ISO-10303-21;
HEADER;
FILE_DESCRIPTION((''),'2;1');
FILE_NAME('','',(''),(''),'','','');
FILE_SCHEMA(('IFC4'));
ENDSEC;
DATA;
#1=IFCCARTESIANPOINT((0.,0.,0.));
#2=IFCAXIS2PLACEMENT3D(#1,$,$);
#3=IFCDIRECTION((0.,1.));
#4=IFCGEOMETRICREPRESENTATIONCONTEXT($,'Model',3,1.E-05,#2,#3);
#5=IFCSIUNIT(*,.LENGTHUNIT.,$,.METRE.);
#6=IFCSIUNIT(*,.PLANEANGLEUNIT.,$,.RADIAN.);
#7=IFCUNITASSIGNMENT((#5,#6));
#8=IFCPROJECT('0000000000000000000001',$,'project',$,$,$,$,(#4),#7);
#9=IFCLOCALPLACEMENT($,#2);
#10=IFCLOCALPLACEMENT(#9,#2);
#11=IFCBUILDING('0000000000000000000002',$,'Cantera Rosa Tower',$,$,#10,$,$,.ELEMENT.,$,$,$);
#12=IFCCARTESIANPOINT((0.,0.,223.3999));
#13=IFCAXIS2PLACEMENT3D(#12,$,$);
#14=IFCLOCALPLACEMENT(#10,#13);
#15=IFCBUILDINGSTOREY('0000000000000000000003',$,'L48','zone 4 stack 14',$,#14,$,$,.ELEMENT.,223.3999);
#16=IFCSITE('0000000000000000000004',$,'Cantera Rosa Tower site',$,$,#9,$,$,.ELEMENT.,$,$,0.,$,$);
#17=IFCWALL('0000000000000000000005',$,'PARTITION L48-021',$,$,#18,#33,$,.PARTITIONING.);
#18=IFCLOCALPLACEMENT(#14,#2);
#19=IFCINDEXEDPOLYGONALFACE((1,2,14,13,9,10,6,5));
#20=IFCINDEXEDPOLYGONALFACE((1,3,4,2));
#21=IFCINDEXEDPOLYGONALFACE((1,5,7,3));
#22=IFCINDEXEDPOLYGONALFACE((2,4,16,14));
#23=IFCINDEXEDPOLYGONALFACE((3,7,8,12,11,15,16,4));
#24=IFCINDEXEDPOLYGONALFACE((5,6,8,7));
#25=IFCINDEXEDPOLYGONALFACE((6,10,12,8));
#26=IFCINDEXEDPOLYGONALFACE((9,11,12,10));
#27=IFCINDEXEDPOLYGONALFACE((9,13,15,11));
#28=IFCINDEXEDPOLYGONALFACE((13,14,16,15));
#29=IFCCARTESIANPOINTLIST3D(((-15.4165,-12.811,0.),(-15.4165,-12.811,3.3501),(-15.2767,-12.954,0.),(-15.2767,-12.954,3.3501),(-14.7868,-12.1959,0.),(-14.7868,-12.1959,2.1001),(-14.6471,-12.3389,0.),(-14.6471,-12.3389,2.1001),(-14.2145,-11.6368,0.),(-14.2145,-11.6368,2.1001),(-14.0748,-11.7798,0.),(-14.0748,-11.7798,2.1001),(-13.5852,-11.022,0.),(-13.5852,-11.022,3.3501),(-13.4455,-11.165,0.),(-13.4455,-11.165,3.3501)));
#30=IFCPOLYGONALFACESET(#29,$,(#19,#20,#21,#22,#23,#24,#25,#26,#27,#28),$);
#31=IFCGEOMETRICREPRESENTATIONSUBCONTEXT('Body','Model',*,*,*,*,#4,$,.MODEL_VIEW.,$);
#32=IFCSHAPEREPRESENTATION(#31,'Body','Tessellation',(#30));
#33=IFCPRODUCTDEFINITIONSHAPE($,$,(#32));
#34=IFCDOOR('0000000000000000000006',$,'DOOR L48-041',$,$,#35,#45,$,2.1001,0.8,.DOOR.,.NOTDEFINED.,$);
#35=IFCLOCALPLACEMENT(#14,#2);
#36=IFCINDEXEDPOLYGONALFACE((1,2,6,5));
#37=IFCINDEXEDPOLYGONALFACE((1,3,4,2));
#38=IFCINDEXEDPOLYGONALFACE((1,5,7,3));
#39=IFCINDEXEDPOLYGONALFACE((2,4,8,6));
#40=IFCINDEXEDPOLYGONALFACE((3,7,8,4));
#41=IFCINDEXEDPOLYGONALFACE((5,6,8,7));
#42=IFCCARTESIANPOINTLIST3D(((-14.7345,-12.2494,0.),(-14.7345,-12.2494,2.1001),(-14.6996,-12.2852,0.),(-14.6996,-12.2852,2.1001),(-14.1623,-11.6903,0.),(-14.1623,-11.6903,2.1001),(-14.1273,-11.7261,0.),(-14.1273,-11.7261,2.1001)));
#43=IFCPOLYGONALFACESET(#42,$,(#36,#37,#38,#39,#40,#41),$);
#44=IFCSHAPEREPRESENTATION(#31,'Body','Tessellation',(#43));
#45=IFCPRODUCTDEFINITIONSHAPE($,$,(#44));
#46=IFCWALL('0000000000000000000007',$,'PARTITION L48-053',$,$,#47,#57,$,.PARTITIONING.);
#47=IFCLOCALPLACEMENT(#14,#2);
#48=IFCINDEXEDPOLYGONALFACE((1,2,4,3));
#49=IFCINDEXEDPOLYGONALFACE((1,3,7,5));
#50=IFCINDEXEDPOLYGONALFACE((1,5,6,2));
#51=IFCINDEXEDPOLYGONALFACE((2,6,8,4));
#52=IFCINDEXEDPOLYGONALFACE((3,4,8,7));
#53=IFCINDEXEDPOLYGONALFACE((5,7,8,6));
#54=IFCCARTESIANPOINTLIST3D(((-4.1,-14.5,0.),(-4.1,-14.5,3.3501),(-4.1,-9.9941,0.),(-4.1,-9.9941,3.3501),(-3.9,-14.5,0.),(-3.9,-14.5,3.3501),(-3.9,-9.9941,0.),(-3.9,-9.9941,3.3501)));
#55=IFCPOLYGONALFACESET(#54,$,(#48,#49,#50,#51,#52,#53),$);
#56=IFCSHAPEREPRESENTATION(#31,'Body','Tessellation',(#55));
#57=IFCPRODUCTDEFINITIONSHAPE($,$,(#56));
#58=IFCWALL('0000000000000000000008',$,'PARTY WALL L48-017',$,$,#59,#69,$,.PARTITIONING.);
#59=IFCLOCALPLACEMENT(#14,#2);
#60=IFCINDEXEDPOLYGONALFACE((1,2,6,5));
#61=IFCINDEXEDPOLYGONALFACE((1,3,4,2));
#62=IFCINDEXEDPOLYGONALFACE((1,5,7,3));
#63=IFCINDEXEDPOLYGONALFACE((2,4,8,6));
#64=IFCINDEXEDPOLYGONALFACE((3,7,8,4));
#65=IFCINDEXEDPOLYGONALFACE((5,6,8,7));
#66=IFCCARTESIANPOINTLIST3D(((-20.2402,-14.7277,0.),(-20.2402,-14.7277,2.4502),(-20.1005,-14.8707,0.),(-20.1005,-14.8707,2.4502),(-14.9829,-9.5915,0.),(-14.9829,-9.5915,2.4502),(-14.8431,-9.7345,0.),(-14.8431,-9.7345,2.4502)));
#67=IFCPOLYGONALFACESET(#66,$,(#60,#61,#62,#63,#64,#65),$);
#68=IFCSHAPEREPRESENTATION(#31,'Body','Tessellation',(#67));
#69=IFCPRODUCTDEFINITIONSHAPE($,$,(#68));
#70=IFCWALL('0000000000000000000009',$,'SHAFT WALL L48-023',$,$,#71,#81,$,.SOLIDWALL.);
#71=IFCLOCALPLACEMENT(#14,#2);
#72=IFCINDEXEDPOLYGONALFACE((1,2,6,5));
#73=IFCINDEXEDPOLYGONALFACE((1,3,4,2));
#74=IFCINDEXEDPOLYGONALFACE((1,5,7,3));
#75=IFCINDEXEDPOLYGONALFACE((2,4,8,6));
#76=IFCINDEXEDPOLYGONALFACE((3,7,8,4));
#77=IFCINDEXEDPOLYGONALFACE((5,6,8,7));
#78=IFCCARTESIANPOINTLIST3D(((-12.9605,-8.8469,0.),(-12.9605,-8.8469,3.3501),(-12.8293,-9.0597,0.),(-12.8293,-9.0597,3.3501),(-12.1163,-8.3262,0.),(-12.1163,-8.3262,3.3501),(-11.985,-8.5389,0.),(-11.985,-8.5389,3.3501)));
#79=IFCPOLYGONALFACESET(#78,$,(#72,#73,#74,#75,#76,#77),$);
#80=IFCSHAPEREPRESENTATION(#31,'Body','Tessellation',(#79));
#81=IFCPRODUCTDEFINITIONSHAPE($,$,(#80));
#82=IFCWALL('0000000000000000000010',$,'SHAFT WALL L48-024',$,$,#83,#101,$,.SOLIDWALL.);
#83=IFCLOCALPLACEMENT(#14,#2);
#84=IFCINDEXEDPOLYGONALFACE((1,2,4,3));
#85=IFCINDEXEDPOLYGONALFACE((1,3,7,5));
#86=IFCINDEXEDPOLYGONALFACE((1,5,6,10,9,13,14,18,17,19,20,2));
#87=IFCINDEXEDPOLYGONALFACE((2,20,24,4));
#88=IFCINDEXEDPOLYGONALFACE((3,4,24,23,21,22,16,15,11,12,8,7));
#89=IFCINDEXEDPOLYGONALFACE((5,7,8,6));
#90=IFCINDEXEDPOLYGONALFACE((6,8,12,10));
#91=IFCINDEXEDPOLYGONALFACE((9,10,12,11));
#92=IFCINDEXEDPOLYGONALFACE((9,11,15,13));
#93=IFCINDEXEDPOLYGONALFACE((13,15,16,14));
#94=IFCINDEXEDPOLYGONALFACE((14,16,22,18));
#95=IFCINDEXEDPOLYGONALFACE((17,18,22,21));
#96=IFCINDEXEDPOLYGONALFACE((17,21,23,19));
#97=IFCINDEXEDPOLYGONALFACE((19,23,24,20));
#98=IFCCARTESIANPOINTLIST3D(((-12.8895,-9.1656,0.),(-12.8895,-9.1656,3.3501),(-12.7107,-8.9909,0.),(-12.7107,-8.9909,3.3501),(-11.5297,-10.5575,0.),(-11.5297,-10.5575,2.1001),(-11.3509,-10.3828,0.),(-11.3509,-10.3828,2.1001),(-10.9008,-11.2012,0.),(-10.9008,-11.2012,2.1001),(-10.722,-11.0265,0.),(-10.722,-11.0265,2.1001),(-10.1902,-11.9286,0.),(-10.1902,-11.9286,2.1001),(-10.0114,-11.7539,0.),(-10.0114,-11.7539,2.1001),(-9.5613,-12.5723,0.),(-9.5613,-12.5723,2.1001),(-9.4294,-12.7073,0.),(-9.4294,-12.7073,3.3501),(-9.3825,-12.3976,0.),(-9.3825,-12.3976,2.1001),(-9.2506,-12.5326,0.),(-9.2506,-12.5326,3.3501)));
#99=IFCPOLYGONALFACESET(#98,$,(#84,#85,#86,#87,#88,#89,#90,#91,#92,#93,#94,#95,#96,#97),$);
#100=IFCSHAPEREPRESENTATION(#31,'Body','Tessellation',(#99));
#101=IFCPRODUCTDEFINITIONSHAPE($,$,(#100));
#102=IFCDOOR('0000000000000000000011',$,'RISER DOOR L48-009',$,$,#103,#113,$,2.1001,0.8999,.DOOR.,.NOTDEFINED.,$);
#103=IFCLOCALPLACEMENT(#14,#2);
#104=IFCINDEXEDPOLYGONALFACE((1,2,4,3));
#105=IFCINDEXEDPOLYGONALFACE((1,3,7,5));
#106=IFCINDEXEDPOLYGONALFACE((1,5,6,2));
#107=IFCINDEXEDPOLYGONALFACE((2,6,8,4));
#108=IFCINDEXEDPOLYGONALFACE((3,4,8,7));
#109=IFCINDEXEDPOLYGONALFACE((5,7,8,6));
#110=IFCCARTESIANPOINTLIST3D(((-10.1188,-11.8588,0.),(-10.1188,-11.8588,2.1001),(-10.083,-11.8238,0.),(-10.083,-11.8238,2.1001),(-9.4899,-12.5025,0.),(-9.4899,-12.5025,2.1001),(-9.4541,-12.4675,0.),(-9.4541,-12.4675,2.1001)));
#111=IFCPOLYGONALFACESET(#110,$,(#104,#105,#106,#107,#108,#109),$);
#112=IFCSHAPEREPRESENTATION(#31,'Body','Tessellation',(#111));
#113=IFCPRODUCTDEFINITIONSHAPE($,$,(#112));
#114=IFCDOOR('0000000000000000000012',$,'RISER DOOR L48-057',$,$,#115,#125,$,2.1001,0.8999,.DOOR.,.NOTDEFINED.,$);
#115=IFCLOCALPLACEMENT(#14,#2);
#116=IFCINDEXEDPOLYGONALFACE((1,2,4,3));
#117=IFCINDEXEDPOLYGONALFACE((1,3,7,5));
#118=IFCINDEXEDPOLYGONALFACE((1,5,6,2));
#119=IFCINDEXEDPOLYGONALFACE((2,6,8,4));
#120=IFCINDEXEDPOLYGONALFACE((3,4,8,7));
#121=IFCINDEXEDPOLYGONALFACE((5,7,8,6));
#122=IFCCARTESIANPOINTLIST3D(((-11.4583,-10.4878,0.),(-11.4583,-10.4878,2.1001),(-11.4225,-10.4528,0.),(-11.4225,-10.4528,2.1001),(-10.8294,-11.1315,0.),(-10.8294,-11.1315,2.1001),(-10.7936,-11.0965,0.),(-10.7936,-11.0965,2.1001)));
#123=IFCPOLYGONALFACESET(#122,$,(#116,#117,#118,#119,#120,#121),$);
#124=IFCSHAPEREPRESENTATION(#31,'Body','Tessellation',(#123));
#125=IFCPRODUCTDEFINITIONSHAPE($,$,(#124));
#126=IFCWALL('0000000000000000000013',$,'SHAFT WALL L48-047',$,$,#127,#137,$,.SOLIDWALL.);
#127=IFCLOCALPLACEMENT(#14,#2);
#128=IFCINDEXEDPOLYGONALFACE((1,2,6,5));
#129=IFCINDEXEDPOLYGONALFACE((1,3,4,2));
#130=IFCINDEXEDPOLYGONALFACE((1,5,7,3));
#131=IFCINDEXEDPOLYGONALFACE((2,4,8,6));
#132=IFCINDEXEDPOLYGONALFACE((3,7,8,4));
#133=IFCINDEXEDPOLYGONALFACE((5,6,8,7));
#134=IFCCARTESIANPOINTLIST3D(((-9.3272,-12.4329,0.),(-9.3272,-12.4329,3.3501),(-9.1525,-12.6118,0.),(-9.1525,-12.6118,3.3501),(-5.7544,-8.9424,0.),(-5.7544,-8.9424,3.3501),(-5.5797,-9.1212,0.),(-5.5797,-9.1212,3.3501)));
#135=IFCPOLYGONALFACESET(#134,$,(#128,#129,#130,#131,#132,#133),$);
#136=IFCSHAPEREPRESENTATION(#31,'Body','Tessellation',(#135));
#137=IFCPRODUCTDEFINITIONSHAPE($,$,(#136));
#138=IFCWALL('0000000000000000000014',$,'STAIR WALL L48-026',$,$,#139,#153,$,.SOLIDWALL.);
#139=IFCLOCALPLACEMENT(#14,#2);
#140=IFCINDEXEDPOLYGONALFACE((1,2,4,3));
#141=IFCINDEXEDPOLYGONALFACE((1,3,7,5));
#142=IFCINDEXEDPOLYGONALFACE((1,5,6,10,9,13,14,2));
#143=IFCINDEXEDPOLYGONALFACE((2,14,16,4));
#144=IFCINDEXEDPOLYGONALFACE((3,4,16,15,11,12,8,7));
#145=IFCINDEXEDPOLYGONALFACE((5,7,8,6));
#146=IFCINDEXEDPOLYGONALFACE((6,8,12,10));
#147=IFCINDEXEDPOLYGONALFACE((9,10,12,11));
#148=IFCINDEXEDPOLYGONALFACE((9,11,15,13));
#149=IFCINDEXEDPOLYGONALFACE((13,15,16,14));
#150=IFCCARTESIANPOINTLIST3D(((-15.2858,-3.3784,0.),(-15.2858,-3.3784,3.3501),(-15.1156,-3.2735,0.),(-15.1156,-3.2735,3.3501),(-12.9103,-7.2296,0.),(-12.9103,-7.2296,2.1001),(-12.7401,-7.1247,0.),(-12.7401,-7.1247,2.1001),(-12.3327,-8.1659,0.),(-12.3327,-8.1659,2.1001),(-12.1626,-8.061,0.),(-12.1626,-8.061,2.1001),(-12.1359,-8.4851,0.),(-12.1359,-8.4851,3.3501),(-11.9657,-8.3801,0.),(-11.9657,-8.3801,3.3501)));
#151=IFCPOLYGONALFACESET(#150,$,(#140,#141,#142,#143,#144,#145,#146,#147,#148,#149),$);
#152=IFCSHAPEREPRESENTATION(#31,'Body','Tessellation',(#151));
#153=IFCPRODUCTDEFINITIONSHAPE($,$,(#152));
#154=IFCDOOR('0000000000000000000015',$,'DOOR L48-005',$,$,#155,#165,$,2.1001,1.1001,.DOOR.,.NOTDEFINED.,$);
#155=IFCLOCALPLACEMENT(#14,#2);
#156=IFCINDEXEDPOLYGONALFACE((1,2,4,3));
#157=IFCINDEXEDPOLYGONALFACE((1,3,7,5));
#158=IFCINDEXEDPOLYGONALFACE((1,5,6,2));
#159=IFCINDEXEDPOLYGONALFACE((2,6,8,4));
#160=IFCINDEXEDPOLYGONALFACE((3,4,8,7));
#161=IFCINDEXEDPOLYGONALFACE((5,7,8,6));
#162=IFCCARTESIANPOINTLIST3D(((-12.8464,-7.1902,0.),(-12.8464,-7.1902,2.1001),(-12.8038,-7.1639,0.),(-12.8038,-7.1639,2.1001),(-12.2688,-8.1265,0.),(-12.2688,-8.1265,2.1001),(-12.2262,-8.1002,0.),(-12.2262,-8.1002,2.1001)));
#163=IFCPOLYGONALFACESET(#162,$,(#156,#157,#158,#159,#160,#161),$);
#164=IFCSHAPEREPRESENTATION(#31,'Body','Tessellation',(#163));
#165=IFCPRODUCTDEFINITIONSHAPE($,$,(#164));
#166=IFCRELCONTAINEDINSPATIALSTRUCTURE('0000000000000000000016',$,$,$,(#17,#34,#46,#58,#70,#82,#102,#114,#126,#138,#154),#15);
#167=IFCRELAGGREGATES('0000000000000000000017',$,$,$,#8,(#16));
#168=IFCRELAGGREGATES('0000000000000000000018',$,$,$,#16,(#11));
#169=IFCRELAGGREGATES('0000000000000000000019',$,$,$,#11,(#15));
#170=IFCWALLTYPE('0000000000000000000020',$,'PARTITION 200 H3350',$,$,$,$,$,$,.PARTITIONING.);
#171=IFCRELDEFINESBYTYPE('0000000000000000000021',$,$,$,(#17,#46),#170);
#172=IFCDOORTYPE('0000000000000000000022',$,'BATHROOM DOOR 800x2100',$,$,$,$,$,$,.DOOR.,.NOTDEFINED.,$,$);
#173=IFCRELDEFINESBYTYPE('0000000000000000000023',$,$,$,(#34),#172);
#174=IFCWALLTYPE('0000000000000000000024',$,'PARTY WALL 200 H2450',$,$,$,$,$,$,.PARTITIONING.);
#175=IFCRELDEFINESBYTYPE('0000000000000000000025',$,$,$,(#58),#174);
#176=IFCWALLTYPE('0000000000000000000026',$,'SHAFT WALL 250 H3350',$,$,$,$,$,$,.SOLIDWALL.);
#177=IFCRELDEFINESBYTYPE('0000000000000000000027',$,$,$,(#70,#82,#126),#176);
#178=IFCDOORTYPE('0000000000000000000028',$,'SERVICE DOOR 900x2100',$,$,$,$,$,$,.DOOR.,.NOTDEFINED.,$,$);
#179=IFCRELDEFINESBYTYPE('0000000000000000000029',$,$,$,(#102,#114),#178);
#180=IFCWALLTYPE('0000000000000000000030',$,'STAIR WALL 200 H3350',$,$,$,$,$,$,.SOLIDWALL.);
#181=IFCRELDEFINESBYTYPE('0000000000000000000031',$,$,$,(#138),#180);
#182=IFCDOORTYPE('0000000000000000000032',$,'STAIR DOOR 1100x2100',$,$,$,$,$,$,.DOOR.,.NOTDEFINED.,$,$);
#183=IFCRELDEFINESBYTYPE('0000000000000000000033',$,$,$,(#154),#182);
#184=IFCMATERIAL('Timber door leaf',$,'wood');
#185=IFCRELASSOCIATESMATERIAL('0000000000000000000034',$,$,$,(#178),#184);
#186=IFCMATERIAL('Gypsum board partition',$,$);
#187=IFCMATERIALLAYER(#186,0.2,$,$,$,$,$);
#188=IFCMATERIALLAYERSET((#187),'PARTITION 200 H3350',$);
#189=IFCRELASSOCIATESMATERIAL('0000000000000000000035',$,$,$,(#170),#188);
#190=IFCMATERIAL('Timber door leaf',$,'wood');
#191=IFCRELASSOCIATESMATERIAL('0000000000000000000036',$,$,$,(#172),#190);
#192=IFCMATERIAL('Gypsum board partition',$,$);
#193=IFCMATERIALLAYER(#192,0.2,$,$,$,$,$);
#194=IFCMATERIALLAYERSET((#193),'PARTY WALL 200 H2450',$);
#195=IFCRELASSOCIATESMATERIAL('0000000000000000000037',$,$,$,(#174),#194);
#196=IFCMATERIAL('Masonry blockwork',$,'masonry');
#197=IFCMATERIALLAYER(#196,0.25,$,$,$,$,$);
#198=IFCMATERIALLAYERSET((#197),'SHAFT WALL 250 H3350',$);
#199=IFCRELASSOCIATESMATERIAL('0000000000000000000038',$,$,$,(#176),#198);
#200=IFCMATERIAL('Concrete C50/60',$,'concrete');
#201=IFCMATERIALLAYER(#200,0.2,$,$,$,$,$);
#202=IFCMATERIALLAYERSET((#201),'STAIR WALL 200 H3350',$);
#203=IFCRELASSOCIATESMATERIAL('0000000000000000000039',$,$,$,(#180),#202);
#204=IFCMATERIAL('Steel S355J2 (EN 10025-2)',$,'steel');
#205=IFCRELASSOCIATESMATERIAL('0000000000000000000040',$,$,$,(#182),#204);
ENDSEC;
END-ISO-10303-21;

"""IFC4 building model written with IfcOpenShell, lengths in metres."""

from ifc_helpers import new_model, si_unit, direction, frame, frame_2d, origin, place, context, subcontext, project, spatial, rectangle, extrude, material, layer, layer_set, type_object, element, fill, save


model = new_model("IFC4")

# Units and contexts
model_context = context("Model", 3, precision=1e-05, world=origin(), true_north=direction((0.0, 1.0)))
body_context = subcontext(model_context, "Body", "Model", "MODEL_VIEW")
ifc_project = project(units=[si_unit("LENGTHUNIT", "METRE"), si_unit("PLANEANGLEUNIT", "RADIAN")], contexts=[model_context])

# Site, building, storey
site_placement = place(None, origin())
site = spatial("IfcSite", under=ifc_project, at=site_placement, Name="Cantera Rosa Tower site", CompositionType="ELEMENT", RefElevation=0.0)
building_placement = place(site_placement, origin())
building = spatial("IfcBuilding", under=site, at=building_placement, Name="Cantera Rosa Tower", CompositionType="ELEMENT")
storey_placement = place(building_placement, frame((0.0, 0.0, 223.3999)))
storey = spatial("IfcBuildingStorey", under=building, at=storey_placement, Name="L48", Description="zone 4 stack 14", CompositionType="ELEMENT", Elevation=223.3999)

# Shared definitions
ifc_material_1 = material(Name="Timber door leaf", Category="wood")
door_type_1 = type_object("IfcDoorType", Name="SERVICE DOOR 900x2100", OperationType="NOTDEFINED", PredefinedType="DOOR", material=ifc_material_1)

# Wall, opening, door
ifc_material_2 = material(Name="Gypsum board partition")
ifc_layer_1 = layer(ifc_material_2, 0.2)
ifc_layer_set_1 = layer_set([ifc_layer_1], Name="PARTITION 200 H3350")
wall_type_1 = type_object("IfcWallType", Name="PARTITION 200 H3350", PredefinedType="PARTITIONING", material=ifc_layer_set_1)
wall_1_placement = place(storey_placement, frame((-13.5154, -11.0935, 0.0), z_axis=(0.0, 0.0, 1.0), x_axis=(-0.715307, -0.69881, 0.0)))
wall_1 = element("IfcWall", 1, at=wall_1_placement, inside=storey, type_object=wall_type_1, Name="PARTITION L48-021", PredefinedType="PARTITIONING", context=body_context, shape_type="SweptSolid", body=[
    extrude(rectangle(XDim=2.5601, YDim=0.2, at=frame_2d((1.28, 0.0))), origin(), (0.0, 0.0, 1.0), 3.3501),
])
opening_1_placement = place(wall_1_placement, frame((0.8799, 0.0, 0.0)))
opening_1 = element("IfcOpeningElement", 2, at=opening_1_placement, cuts=wall_1, PredefinedType="OPENING", context=body_context, shape_type="SweptSolid", body=[
    extrude(rectangle(XDim=0.8, YDim=2.1001, at=frame_2d((0.3999, 1.05))), frame((0.0, 0.1099, 0.0), z_axis=(0.0, -1.0, 0.0), x_axis=(1.0, 0.0, 0.0)), (0.0, 0.0, 1.0), 0.22),
])
ifc_material_3 = material(Name="Timber door leaf", Category="wood")
door_type_2 = type_object("IfcDoorType", Name="BATHROOM DOOR 800x2100", OperationType="NOTDEFINED", PredefinedType="DOOR", material=ifc_material_3)
door_1_placement = place(opening_1_placement, origin())
door_1 = element("IfcDoor", 3, at=door_1_placement, inside=storey, type_object=door_type_2, Name="DOOR L48-041", OperationType="NOTDEFINED", OverallHeight=2.1001, OverallWidth=0.8, PredefinedType="DOOR", context=body_context, shape_type="SweptSolid", body=[
    extrude(rectangle(XDim=0.8, YDim=2.1001, at=frame_2d((0.3999, 1.05))), frame((0.0, 0.0249, 0.0), z_axis=(0.0, -1.0, 0.0), x_axis=(1.0, 0.0, 0.0)), (0.0, 0.0, 1.0), 0.05),
])
fill(opening_1, door_1)

# Walls
wall_2_placement = place(storey_placement, frame((-4.0, -9.9941, 0.0), z_axis=(0.0, 0.0, 1.0), x_axis=(0.0, -1.0, 0.0)))
element("IfcWall", 4, at=wall_2_placement, inside=storey, type_object=wall_type_1, Name="PARTITION L48-053", PredefinedType="PARTITIONING", context=body_context, shape_type="SweptSolid", body=[
    extrude(rectangle(XDim=4.5059, YDim=0.2, at=frame_2d((2.2529, 0.0))), origin(), (0.0, 0.0, 1.0), 3.3501),
])
ifc_material_4 = material(Name="Gypsum board partition")
ifc_layer_2 = layer(ifc_material_4, 0.2)
ifc_layer_set_2 = layer_set([ifc_layer_2], Name="PARTY WALL 200 H2450")
wall_type_2 = type_object("IfcWallType", Name="PARTY WALL 200 H2450", PredefinedType="PARTITIONING", material=ifc_layer_set_2)
wall_3_placement = place(storey_placement, frame((-14.9131, -9.6631, 0.0), z_axis=(0.0, 0.0, 1.0), x_axis=(-0.715297, -0.698821, 0.0)))
element("IfcWall", 5, at=wall_3_placement, inside=storey, type_object=wall_type_2, Name="PARTY WALL L48-017", PredefinedType="PARTITIONING", context=body_context, shape_type="SweptSolid", body=[
    extrude(rectangle(XDim=7.3499, YDim=0.2, at=frame_2d((3.6748, 0.0))), origin(), (0.0, 0.0, 1.0), 2.4502),
])
ifc_material_5 = material(Name="Masonry blockwork", Category="masonry")
ifc_layer_3 = layer(ifc_material_5, 0.25)
ifc_layer_set_3 = layer_set([ifc_layer_3], Name="SHAFT WALL 250 H3350")
wall_type_3 = type_object("IfcWallType", Name="SHAFT WALL 250 H3350", PredefinedType="SOLIDWALL", material=ifc_layer_set_3)
wall_4_placement = place(storey_placement, frame((-12.895, -8.9534, 0.0), z_axis=(0.0, 0.0, 1.0), x_axis=(0.851109, 0.52499, 0.0)))
element("IfcWall", 6, at=wall_4_placement, inside=storey, type_object=wall_type_3, Name="SHAFT WALL L48-023", PredefinedType="SOLIDWALL", context=body_context, shape_type="SweptSolid", body=[
    extrude(rectangle(XDim=0.9919, YDim=0.25, at=frame_2d((0.4961, 0.0))), origin(), (0.0, 0.0, 1.0), 3.3501),
])

# Wall, openings, doors
wall_5_placement = place(storey_placement, frame((-12.8, -9.0784, 0.0), z_axis=(0.0, 0.0, 1.0), x_axis=(0.698825, -0.715293, 0.0)))
wall_5 = element("IfcWall", 7, at=wall_5_placement, inside=storey, type_object=wall_type_3, Name="SHAFT WALL L48-024", PredefinedType="SOLIDWALL", context=body_context, shape_type="SweptSolid", body=[
    extrude(rectangle(XDim=4.9514, YDim=0.25, at=frame_2d((2.4756, 0.0))), origin(), (0.0, 0.0, 1.0), 3.3501),
])
opening_2_placement = place(wall_5_placement, frame((3.8625, 0.0, 0.0)))
opening_2 = element("IfcOpeningElement", 8, at=opening_2_placement, cuts=wall_5, PredefinedType="OPENING", context=body_context, shape_type="SweptSolid", body=[
    extrude(rectangle(XDim=0.8999, YDim=2.1001, at=frame_2d((0.45, 1.05))), frame((0.0, 0.135, 0.0), z_axis=(0.0, -1.0, 0.0), x_axis=(1.0, 0.0, 0.0)), (0.0, 0.0, 1.0), 0.27),
])
opening_3_placement = place(wall_5_placement, frame((1.9458, 0.0, 0.0)))
opening_3 = element("IfcOpeningElement", 9, at=opening_3_placement, cuts=wall_5, PredefinedType="OPENING", context=body_context, shape_type="SweptSolid", body=[
    extrude(rectangle(XDim=0.8999, YDim=2.1001, at=frame_2d((0.45, 1.05))), frame((0.0, 0.135, 0.0), z_axis=(0.0, -1.0, 0.0), x_axis=(1.0, 0.0, 0.0)), (0.0, 0.0, 1.0), 0.27),
])
door_2_placement = place(opening_2_placement, origin())
door_2 = element("IfcDoor", 10, at=door_2_placement, inside=storey, type_object=door_type_1, Name="RISER DOOR L48-009", OperationType="NOTDEFINED", OverallHeight=2.1001, OverallWidth=0.8999, PredefinedType="DOOR", context=body_context, shape_type="SweptSolid", body=[
    extrude(rectangle(XDim=0.8999, YDim=2.1001, at=frame_2d((0.45, 1.05))), frame((0.0, 0.0249, 0.0), z_axis=(0.0, -1.0, 0.0), x_axis=(1.0, 0.0, 0.0)), (0.0, 0.0, 1.0), 0.05),
])
fill(opening_2, door_2)
door_3_placement = place(opening_3_placement, origin())
door_3 = element("IfcDoor", 11, at=door_3_placement, inside=storey, type_object=door_type_1, Name="RISER DOOR L48-057", OperationType="NOTDEFINED", OverallHeight=2.1001, OverallWidth=0.8999, PredefinedType="DOOR", context=body_context, shape_type="SweptSolid", body=[
    extrude(rectangle(XDim=0.8999, YDim=2.1001, at=frame_2d((0.45, 1.05))), frame((0.0, 0.0249, 0.0), z_axis=(0.0, -1.0, 0.0), x_axis=(1.0, 0.0, 0.0)), (0.0, 0.0, 1.0), 0.05),
])
fill(opening_3, door_3)

# Wall
wall_6_placement = place(storey_placement, frame((-5.667, -9.0317, 0.0), z_axis=(0.0, 0.0, 1.0), x_axis=(-0.715295, -0.698823, 0.0)))
element("IfcWall", 12, at=wall_6_placement, inside=storey, type_object=wall_type_3, Name="SHAFT WALL L48-047", PredefinedType="SOLIDWALL", context=body_context, shape_type="SweptSolid", body=[
    extrude(rectangle(XDim=4.9949, YDim=0.25, at=frame_2d((2.4976, 0.0))), origin(), (0.0, 0.0, 1.0), 3.3501),
])

# Wall, opening, door
ifc_material_6 = material(Name="Concrete C50/60", Category="concrete")
ifc_layer_4 = layer(ifc_material_6, 0.2)
ifc_layer_set_4 = layer_set([ifc_layer_4], Name="STAIR WALL 200 H3350")
wall_type_4 = type_object("IfcWallType", Name="STAIR WALL 200 H3350", PredefinedType="SOLIDWALL", material=ifc_layer_set_4)
wall_7_placement = place(storey_placement, frame((-12.0508, -8.4326, 0.0), z_axis=(0.0, 0.0, 1.0), x_axis=(-0.524983, 0.851113, 0.0)))
wall_7 = element("IfcWall", 13, at=wall_7_placement, inside=storey, type_object=wall_type_4, Name="STAIR WALL L48-026", PredefinedType="SOLIDWALL", context=body_context, shape_type="SweptSolid", body=[
    extrude(rectangle(XDim=6.0, YDim=0.2, at=frame_2d((3.0, 0.0))), origin(), (0.0, 0.0, 1.0), 3.3501),
])
opening_4_placement = place(wall_7_placement, frame((0.375, 0.0, 0.0)))
opening_4 = element("IfcOpeningElement", 14, at=opening_4_placement, cuts=wall_7, PredefinedType="OPENING", context=body_context, shape_type="SweptSolid", body=[
    extrude(rectangle(XDim=1.1001, YDim=2.1001, at=frame_2d((0.55, 1.05))), frame((0.0, 0.1099, 0.0), z_axis=(0.0, -1.0, 0.0), x_axis=(1.0, 0.0, 0.0)), (0.0, 0.0, 1.0), 0.22),
])
ifc_material_7 = material(Name="Steel S355J2 (EN 10025-2)", Category="steel")
door_type_3 = type_object("IfcDoorType", Name="STAIR DOOR 1100x2100", OperationType="NOTDEFINED", PredefinedType="DOOR", material=ifc_material_7)
door_4_placement = place(opening_4_placement, origin())
door_4 = element("IfcDoor", 15, at=door_4_placement, inside=storey, type_object=door_type_3, Name="DOOR L48-005", OperationType="NOTDEFINED", OverallHeight=2.1001, OverallWidth=1.1001, PredefinedType="DOOR", context=body_context, shape_type="SweptSolid", body=[
    extrude(rectangle(XDim=1.1001, YDim=2.1001, at=frame_2d((0.55, 1.05))), frame((0.0, 0.0249, 0.0), z_axis=(0.0, -1.0, 0.0), x_axis=(1.0, 0.0, 0.0)), (0.0, 0.0, 1.0), 0.05),
])
fill(opening_4, door_4)

save(model, "model.ifc")
